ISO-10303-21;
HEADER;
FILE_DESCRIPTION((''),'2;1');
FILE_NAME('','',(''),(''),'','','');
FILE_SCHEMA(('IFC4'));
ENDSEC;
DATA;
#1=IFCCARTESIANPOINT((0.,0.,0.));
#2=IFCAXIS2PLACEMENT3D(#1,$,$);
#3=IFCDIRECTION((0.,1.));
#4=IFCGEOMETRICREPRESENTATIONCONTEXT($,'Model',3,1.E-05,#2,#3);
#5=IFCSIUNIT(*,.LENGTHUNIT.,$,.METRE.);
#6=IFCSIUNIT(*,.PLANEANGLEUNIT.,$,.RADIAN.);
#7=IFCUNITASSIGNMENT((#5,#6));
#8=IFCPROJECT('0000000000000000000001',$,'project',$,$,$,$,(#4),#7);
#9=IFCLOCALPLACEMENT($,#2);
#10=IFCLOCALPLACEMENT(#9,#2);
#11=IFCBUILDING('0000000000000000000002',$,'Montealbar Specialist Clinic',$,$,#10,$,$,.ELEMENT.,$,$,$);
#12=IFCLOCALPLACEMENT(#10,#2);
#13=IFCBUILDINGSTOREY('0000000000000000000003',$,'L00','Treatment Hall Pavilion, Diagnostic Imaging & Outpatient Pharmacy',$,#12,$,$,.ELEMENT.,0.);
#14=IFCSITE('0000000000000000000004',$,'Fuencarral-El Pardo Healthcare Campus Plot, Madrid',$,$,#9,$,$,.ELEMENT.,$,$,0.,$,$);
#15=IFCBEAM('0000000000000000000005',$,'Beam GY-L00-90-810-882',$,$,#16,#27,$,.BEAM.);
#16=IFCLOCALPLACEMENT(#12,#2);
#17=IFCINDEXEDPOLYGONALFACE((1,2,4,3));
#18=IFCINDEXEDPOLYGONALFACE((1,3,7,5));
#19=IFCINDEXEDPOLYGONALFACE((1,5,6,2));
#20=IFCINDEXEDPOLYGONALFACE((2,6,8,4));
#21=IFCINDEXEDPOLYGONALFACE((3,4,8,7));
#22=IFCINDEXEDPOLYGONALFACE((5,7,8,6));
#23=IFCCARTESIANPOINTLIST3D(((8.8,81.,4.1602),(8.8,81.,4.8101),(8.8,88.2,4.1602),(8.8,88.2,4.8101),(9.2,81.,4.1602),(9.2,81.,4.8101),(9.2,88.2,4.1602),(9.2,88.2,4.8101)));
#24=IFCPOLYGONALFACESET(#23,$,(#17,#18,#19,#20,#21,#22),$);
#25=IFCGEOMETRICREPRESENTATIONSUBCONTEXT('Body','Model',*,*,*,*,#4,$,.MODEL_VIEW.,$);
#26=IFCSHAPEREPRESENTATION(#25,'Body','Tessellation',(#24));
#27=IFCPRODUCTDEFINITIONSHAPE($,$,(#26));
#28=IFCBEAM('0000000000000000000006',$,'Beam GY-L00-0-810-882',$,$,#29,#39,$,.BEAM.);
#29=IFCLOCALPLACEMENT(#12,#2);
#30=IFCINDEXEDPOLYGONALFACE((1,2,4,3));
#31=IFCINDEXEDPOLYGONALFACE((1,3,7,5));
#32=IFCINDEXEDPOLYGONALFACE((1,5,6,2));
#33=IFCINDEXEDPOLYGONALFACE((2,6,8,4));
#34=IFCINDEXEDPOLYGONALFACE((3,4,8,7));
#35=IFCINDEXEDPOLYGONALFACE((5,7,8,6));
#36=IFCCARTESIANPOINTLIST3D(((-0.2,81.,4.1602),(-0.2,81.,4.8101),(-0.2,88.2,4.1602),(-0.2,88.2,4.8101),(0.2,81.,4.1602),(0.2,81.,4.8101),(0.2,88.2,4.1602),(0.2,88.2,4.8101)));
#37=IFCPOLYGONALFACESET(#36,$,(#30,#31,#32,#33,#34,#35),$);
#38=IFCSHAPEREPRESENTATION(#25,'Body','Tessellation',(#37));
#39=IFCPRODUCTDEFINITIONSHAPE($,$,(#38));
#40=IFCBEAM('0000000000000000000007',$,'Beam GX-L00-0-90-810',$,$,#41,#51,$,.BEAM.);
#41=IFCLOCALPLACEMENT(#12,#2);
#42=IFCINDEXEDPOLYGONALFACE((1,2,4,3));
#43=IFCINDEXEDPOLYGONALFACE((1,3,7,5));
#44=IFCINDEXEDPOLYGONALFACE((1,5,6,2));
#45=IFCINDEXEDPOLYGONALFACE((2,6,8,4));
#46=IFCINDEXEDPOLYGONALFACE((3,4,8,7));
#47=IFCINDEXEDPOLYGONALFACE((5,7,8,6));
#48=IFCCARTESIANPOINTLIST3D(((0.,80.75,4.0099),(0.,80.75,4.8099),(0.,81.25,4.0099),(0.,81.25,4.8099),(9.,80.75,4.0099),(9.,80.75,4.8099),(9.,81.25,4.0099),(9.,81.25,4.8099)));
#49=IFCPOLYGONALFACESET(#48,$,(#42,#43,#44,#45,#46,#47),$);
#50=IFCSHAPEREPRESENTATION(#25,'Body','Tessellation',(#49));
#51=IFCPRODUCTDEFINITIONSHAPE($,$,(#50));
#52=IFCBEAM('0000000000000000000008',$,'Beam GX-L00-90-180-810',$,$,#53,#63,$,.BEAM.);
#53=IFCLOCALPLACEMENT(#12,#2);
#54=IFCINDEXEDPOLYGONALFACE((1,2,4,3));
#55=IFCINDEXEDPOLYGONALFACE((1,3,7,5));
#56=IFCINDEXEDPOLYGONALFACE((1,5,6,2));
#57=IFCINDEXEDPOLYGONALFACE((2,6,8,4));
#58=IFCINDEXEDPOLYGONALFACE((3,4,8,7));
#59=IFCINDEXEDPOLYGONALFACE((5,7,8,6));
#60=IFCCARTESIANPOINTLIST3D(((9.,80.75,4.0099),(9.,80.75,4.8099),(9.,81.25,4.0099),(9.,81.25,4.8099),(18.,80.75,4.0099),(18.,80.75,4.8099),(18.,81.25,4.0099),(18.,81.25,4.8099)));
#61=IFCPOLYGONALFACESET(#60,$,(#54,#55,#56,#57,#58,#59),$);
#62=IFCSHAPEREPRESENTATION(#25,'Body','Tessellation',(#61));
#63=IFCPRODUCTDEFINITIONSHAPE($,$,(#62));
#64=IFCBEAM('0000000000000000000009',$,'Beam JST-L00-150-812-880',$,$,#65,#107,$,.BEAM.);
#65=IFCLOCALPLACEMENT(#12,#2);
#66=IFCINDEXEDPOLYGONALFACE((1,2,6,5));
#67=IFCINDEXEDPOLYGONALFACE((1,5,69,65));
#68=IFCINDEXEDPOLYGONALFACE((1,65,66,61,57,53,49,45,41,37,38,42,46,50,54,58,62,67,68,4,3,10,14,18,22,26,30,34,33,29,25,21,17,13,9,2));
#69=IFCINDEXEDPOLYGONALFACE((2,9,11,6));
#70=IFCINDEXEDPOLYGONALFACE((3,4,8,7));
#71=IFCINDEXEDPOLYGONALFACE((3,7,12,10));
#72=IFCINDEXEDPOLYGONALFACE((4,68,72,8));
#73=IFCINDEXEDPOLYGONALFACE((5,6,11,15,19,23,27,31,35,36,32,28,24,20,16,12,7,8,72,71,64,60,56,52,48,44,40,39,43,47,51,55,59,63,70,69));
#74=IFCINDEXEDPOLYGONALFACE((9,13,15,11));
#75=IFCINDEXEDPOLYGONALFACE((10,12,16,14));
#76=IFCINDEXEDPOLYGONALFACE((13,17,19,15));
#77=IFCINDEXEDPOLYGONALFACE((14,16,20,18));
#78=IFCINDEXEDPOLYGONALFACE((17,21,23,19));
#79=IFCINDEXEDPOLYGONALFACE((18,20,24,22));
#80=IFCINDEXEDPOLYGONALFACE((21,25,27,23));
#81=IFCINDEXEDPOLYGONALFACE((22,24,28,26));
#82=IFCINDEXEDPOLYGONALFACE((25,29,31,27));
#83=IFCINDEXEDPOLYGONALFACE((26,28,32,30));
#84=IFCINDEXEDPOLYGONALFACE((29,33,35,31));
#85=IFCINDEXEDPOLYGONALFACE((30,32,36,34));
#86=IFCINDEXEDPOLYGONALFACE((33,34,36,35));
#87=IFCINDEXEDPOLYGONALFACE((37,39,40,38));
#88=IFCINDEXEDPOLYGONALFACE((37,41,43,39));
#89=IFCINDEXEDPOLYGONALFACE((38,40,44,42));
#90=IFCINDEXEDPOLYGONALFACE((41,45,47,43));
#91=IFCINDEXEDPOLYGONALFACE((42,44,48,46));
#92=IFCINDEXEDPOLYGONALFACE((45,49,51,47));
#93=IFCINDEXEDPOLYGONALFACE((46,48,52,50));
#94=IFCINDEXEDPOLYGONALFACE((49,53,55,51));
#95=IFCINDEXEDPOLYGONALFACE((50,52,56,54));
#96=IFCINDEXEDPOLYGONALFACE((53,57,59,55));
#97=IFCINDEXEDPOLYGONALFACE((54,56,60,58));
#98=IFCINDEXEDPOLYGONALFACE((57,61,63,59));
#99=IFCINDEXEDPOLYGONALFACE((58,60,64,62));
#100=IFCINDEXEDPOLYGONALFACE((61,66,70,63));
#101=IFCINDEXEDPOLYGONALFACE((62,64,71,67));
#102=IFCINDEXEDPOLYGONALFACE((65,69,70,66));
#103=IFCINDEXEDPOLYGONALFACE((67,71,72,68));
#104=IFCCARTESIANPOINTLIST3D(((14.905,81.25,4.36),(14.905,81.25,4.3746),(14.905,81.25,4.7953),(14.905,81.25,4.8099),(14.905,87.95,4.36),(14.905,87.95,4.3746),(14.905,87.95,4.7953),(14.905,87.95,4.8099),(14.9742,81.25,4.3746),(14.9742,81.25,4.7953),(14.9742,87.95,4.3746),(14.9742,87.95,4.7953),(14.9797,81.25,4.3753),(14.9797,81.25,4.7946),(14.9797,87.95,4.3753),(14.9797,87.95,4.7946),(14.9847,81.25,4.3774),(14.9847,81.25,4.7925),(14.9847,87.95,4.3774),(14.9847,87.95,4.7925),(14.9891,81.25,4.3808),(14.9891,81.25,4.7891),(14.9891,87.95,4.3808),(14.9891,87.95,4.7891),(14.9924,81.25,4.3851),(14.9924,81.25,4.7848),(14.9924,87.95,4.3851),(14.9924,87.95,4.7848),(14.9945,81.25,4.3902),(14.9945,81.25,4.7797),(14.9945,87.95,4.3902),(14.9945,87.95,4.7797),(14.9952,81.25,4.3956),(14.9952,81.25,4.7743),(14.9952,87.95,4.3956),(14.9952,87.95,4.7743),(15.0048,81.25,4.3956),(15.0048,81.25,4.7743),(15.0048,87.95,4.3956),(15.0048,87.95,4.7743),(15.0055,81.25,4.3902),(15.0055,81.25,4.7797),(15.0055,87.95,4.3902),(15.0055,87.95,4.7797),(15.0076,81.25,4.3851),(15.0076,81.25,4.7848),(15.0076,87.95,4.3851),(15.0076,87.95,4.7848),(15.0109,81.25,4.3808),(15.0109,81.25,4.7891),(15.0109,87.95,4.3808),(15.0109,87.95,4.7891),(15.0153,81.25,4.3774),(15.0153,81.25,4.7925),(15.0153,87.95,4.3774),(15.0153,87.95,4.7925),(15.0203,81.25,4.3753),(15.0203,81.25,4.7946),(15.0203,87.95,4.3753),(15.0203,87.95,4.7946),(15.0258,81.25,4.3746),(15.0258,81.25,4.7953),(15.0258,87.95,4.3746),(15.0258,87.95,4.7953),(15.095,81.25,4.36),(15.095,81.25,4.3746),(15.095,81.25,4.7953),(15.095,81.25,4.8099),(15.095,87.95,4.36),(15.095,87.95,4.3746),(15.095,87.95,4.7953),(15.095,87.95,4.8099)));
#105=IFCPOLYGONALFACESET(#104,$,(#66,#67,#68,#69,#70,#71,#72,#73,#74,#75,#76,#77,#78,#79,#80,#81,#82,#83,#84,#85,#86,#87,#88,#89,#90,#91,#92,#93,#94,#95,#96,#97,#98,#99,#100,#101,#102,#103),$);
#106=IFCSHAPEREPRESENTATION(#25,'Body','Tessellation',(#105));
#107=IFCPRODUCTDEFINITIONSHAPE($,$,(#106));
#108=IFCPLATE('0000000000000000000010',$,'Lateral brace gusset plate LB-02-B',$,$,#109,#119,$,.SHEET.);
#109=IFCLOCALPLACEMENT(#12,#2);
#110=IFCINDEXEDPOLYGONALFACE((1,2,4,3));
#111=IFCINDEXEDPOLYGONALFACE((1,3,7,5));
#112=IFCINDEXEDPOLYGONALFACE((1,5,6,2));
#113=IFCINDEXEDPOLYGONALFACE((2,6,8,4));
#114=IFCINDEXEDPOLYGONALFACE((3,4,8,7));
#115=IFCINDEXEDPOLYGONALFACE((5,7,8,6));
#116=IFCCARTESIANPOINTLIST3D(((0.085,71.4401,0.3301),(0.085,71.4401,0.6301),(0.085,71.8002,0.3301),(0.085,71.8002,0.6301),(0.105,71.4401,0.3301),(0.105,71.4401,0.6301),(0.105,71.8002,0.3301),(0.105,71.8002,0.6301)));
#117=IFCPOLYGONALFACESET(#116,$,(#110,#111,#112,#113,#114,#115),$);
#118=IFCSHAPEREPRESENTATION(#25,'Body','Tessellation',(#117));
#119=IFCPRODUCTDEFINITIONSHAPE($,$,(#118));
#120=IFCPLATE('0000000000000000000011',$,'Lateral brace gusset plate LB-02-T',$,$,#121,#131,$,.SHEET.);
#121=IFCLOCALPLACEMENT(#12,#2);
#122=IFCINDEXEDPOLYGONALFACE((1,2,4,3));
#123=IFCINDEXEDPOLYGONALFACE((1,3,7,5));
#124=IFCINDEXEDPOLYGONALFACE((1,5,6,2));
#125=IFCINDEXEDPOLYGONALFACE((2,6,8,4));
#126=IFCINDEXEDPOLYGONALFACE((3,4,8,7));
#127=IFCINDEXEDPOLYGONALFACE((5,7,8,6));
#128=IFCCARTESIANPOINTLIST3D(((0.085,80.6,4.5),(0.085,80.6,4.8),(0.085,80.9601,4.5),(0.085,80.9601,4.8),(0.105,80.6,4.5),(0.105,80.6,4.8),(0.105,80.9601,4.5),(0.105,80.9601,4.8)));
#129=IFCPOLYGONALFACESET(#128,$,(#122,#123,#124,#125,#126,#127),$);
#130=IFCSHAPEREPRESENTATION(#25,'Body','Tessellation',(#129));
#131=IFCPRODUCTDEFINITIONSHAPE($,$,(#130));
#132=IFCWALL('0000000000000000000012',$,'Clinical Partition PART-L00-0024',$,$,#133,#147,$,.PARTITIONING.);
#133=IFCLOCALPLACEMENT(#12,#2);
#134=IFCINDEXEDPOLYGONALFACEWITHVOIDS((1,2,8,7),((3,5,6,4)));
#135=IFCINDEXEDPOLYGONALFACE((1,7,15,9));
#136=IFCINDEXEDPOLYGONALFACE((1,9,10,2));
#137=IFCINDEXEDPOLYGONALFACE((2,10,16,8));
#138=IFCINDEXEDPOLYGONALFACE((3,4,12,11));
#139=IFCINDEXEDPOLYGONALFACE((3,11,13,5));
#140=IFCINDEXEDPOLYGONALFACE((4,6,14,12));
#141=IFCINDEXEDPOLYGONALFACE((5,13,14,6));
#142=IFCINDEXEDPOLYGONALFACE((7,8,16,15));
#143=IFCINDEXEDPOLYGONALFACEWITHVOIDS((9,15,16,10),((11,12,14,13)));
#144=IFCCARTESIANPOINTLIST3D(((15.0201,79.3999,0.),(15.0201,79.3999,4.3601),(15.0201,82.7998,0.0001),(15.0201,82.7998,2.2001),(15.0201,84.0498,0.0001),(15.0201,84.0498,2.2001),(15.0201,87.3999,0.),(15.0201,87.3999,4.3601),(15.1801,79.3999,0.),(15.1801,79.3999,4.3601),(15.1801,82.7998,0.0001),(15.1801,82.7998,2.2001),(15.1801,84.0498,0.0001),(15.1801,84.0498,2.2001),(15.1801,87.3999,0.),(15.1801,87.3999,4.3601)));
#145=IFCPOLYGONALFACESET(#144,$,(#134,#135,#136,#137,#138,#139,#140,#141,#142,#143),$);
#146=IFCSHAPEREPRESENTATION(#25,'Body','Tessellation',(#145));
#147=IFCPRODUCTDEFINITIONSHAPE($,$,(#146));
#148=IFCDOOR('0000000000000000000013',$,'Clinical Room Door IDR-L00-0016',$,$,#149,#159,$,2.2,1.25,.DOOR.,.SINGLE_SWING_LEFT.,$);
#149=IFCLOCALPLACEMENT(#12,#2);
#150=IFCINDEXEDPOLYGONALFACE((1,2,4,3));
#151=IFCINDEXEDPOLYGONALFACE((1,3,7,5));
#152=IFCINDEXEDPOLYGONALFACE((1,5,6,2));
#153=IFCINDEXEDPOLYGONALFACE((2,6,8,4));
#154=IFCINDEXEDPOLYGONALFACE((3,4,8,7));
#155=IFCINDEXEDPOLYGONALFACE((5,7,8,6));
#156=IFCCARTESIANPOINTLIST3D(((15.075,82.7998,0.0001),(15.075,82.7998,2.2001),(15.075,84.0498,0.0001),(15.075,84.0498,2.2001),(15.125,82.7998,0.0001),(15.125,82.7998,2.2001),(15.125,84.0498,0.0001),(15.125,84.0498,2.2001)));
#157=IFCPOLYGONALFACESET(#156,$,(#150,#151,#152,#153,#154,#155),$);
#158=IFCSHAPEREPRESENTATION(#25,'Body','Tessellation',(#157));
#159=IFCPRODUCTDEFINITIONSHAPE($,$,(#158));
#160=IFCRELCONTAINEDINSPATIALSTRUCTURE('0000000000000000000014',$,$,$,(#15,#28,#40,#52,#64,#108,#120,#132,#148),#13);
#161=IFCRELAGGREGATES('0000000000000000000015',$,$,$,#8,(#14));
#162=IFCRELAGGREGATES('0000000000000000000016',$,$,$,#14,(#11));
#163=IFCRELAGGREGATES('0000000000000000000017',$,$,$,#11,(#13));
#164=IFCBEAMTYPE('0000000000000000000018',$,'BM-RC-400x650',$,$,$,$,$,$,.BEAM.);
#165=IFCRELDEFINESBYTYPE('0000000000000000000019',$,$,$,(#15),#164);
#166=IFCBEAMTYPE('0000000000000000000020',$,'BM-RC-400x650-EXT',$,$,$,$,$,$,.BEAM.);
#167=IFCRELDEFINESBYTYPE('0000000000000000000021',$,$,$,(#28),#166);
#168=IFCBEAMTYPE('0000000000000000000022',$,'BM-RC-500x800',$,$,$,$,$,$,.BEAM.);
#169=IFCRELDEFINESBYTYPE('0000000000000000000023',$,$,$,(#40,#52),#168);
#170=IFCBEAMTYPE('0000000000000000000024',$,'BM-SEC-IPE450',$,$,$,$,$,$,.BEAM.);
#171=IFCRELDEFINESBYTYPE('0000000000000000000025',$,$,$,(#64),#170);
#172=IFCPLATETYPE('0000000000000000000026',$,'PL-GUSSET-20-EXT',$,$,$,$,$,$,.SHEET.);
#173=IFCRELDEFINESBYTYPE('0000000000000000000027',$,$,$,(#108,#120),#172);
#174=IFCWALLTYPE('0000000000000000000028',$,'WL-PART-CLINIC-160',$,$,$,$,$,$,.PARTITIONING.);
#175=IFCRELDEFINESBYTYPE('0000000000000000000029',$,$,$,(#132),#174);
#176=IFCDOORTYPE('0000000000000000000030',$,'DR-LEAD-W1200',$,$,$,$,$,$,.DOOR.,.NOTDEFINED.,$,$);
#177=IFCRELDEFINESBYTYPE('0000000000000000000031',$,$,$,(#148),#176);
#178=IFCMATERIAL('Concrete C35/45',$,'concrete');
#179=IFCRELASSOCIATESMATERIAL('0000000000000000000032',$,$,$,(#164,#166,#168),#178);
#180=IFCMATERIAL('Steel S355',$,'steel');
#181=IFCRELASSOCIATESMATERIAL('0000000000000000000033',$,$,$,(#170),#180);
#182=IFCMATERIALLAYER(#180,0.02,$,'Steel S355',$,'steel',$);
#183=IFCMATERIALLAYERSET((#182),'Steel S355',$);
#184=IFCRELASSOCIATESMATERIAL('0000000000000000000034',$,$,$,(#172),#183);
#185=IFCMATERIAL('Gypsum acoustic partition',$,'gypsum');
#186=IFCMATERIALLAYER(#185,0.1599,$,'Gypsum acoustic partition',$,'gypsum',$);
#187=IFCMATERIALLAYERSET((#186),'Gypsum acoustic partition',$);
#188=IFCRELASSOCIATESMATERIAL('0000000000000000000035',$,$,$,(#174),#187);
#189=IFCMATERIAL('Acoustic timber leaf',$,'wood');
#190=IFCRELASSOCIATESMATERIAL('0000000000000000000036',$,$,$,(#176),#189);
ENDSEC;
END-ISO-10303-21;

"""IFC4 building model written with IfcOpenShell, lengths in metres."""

from ifc_helpers import new_model, si_unit, direction, frame, frame_2d, origin, origin_2d, place, context, subcontext, project, spatial, rectangle, i_section, extrude, material, layer, layer_set, material_profile, profile_set, type_object, element, fill, save


model = new_model("IFC4")

# Units and contexts
model_context = context("Model", 3, precision=1e-05, world=origin(), true_north=direction((0.0, 1.0)))
body_context = subcontext(model_context, "Body", "Model", "MODEL_VIEW")
ifc_project = project(units=[si_unit("LENGTHUNIT", "METRE"), si_unit("PLANEANGLEUNIT", "RADIAN")], contexts=[model_context])

# Site, building, storey
site_placement = place(None, origin())
site = spatial("IfcSite", under=ifc_project, at=site_placement, Name="Fuencarral-El Pardo Healthcare Campus Plot, Madrid", CompositionType="ELEMENT", RefElevation=0.0)
building_placement = place(site_placement, origin())
building = spatial("IfcBuilding", under=site, at=building_placement, Name="Montealbar Specialist Clinic", CompositionType="ELEMENT")
storey_placement = place(building_placement, origin())
storey = spatial("IfcBuildingStorey", under=building, at=storey_placement, Name="L00", Description="Treatment Hall Pavilion, Diagnostic Imaging & Outpatient Pharmacy", CompositionType="ELEMENT", Elevation=0.0)

# Shared definitions
ifc_material_1 = material(Name="Concrete C35/45", Category="concrete")

# Beams
ifc_material_2 = material(Name="Steel S355", Category="steel")
ifc_material_profile_1 = material_profile(ifc_material_1, rectangle(XDim=0.3999, YDim=0.6499, at=origin_2d()), Name="RC 400x650", Category="concrete")
ifc_profile_set_1 = profile_set([ifc_material_profile_1], Name="Concrete C35/45")
beam_type_1 = type_object("IfcBeamType", Name="BM-RC-400x650", PredefinedType="BEAM", material=ifc_profile_set_1)
beam_1_placement = place(storey_placement, frame((9.0, 81.0, 4.4851), z_axis=(0.0, 1.0, 0.0), x_axis=(-1.0, 0.0, 0.0)))
element("IfcBeam", 1, at=beam_1_placement, inside=storey, type_object=beam_type_1, Name="Beam GY-L00-90-810-882", PredefinedType="BEAM", context=body_context, shape_type="SweptSolid", body=[
    extrude(rectangle(XDim=0.3999, YDim=0.6499, at=origin_2d()), origin(), (0.0, 0.0, 1.0), 7.2),
])
ifc_material_profile_2 = material_profile(ifc_material_1, rectangle(XDim=0.3999, YDim=0.6499, at=origin_2d()), Name="RC 400x650", Category="concrete")
ifc_profile_set_2 = profile_set([ifc_material_profile_2], Name="Concrete C35/45")
beam_type_2 = type_object("IfcBeamType", Name="BM-RC-400x650-EXT", PredefinedType="BEAM", material=ifc_profile_set_2)
beam_2_placement = place(storey_placement, frame((0.0, 81.0, 4.4851), z_axis=(0.0, 1.0, 0.0), x_axis=(-1.0, 0.0, 0.0)))
element("IfcBeam", 2, at=beam_2_placement, inside=storey, type_object=beam_type_2, Name="Beam GY-L00-0-810-882", PredefinedType="BEAM", context=body_context, shape_type="SweptSolid", body=[
    extrude(rectangle(XDim=0.3999, YDim=0.6499, at=origin_2d()), origin(), (0.0, 0.0, 1.0), 7.2),
])
ifc_material_profile_3 = material_profile(ifc_material_1, rectangle(XDim=0.5, YDim=0.8, at=origin_2d()), Name="RC 500x800", Category="concrete")
ifc_profile_set_3 = profile_set([ifc_material_profile_3], Name="Concrete C35/45")
beam_type_3 = type_object("IfcBeamType", Name="BM-RC-500x800", PredefinedType="BEAM", material=ifc_profile_set_3)
for number, where, z_axis, x_axis, name in (
    (3, (0.0, 81.0, 4.4099), (1.0, 0.0, 0.0), (0.0, 1.0, 0.0), "Beam GX-L00-0-90-810"),
    (4, (9.0, 81.0, 4.4099), (1.0, 0.0, 0.0), (0.0, 1.0, 0.0), "Beam GX-L00-90-180-810"),
):
    element("IfcBeam", number, at=place(storey_placement, frame(where, z_axis=z_axis, x_axis=x_axis)), inside=storey, type_object=beam_type_3, Name=name, PredefinedType="BEAM", context=body_context, shape_type="SweptSolid", body=[
        extrude(rectangle(XDim=0.5, YDim=0.8, at=origin_2d()), origin(), (0.0, 0.0, 1.0), 9.0),
    ])
ifc_material_profile_4 = material_profile(ifc_material_2, i_section(OverallWidth=0.1899, OverallDepth=0.45, WebThickness=0.0095, FlangeThickness=0.0146, FilletRadius=0.021, at=origin_2d()), Name="IPE 450", Category="steel")
ifc_profile_set_4 = profile_set([ifc_material_profile_4], Name="Steel S355")
beam_type_4 = type_object("IfcBeamType", Name="BM-SEC-IPE450", PredefinedType="BEAM", material=ifc_profile_set_4)
beam_3_placement = place(storey_placement, frame((15.0, 81.25, 4.585), z_axis=(0.0, 1.0, 0.0), x_axis=(-1.0, 0.0, 0.0)))
element("IfcBeam", 5, at=beam_3_placement, inside=storey, type_object=beam_type_4, Name="Beam JST-L00-150-812-880", PredefinedType="BEAM", context=body_context, shape_type="SweptSolid", body=[
    extrude(i_section(OverallWidth=0.1899, OverallDepth=0.45, WebThickness=0.0095, FlangeThickness=0.0146, FilletRadius=0.021, at=origin_2d()), origin(), (0.0, 0.0, 1.0), 6.7),
])

# Plates
ifc_layer_1 = layer(ifc_material_2, 0.02, Name="Steel S355", Category="steel")
ifc_layer_set_1 = layer_set([ifc_layer_1], Name="Steel S355")
plate_type = type_object("IfcPlateType", Name="PL-GUSSET-20-EXT", PredefinedType="SHEET", material=ifc_layer_set_1)
for number, where, z_axis, x_axis, name in (
    (6, (0.095, 71.6201, 0.3301), (0.0, 0.0, 1.0), (0.0, 1.0, 0.0), "Lateral brace gusset plate LB-02-B"),
    (7, (0.095, 80.78, 4.5), (0.0, 0.0, 1.0), (0.0, 1.0, 0.0), "Lateral brace gusset plate LB-02-T"),
):
    element("IfcPlate", number, at=place(storey_placement, frame(where, z_axis=z_axis, x_axis=x_axis)), inside=storey, type_object=plate_type, Name=name, PredefinedType="SHEET", context=body_context, shape_type="SweptSolid", body=[
        extrude(rectangle(XDim=0.3601, YDim=0.02, at=origin_2d()), origin(), (0.0, 0.0, 1.0), 0.3),
    ])

# Wall, opening, door
ifc_material_3 = material(Name="Gypsum acoustic partition", Category="gypsum")
ifc_layer_2 = layer(ifc_material_3, 0.1599, Name="Gypsum acoustic partition", Category="gypsum")
ifc_layer_set_2 = layer_set([ifc_layer_2], Name="Gypsum acoustic partition")
wall_type_1 = type_object("IfcWallType", Name="WL-PART-CLINIC-160", PredefinedType="PARTITIONING", material=ifc_layer_set_2)
wall_1_placement = place(storey_placement, frame((15.1001, 79.3999, 0.0), z_axis=(0.0, 0.0, 1.0), x_axis=(0.0, 1.0, 0.0)))
wall_1 = element("IfcWall", 8, at=wall_1_placement, inside=storey, type_object=wall_type_1, Name="Clinical Partition PART-L00-0024", PredefinedType="PARTITIONING", context=body_context, shape_type="SweptSolid", body=[
    extrude(rectangle(XDim=8.0, YDim=0.1599, at=frame_2d((4.0, 0.0))), origin(), (0.0, 0.0, 1.0), 4.3601),
])
opening_1_placement = place(wall_1_placement, frame((3.3999, 0.0, 0.0)))
opening_1 = element("IfcOpeningElement", 9, at=opening_1_placement, cuts=wall_1, PredefinedType="OPENING", context=body_context, shape_type="SweptSolid", body=[
    extrude(rectangle(XDim=1.25, YDim=2.2, at=frame_2d((0.625, 1.1001))), frame((0.0, 0.0898, 0.0), z_axis=(0.0, -1.0, 0.0), x_axis=(1.0, 0.0, 0.0)), (0.0, 0.0, 1.0), 0.1799),
])
ifc_material_4 = material(Name="Acoustic timber leaf", Category="wood")
door_type_1 = type_object("IfcDoorType", Name="DR-LEAD-W1200", OperationType="NOTDEFINED", PredefinedType="DOOR", material=ifc_material_4)
door_1_placement = place(opening_1_placement, frame((1.25, 0.0, 0.0), z_axis=(0.0, 0.0, 1.0), x_axis=(-1.0, 0.0, 0.0)))
door_1 = element("IfcDoor", 10, at=door_1_placement, inside=storey, type_object=door_type_1, Name="Clinical Room Door IDR-L00-0016", OperationType="SINGLE_SWING_LEFT", OverallHeight=2.2, OverallWidth=1.25, PredefinedType="DOOR", context=body_context, shape_type="SweptSolid", body=[
    extrude(rectangle(XDim=1.25, YDim=2.2, at=frame_2d((0.625, 1.1001))), frame((0.0, 0.0249, 0.0), z_axis=(0.0, -1.0, 0.0), x_axis=(1.0, 0.0, 0.0)), (0.0, 0.0, 1.0), 0.05),
])
fill(opening_1, door_1)

save(model, "model.ifc")
